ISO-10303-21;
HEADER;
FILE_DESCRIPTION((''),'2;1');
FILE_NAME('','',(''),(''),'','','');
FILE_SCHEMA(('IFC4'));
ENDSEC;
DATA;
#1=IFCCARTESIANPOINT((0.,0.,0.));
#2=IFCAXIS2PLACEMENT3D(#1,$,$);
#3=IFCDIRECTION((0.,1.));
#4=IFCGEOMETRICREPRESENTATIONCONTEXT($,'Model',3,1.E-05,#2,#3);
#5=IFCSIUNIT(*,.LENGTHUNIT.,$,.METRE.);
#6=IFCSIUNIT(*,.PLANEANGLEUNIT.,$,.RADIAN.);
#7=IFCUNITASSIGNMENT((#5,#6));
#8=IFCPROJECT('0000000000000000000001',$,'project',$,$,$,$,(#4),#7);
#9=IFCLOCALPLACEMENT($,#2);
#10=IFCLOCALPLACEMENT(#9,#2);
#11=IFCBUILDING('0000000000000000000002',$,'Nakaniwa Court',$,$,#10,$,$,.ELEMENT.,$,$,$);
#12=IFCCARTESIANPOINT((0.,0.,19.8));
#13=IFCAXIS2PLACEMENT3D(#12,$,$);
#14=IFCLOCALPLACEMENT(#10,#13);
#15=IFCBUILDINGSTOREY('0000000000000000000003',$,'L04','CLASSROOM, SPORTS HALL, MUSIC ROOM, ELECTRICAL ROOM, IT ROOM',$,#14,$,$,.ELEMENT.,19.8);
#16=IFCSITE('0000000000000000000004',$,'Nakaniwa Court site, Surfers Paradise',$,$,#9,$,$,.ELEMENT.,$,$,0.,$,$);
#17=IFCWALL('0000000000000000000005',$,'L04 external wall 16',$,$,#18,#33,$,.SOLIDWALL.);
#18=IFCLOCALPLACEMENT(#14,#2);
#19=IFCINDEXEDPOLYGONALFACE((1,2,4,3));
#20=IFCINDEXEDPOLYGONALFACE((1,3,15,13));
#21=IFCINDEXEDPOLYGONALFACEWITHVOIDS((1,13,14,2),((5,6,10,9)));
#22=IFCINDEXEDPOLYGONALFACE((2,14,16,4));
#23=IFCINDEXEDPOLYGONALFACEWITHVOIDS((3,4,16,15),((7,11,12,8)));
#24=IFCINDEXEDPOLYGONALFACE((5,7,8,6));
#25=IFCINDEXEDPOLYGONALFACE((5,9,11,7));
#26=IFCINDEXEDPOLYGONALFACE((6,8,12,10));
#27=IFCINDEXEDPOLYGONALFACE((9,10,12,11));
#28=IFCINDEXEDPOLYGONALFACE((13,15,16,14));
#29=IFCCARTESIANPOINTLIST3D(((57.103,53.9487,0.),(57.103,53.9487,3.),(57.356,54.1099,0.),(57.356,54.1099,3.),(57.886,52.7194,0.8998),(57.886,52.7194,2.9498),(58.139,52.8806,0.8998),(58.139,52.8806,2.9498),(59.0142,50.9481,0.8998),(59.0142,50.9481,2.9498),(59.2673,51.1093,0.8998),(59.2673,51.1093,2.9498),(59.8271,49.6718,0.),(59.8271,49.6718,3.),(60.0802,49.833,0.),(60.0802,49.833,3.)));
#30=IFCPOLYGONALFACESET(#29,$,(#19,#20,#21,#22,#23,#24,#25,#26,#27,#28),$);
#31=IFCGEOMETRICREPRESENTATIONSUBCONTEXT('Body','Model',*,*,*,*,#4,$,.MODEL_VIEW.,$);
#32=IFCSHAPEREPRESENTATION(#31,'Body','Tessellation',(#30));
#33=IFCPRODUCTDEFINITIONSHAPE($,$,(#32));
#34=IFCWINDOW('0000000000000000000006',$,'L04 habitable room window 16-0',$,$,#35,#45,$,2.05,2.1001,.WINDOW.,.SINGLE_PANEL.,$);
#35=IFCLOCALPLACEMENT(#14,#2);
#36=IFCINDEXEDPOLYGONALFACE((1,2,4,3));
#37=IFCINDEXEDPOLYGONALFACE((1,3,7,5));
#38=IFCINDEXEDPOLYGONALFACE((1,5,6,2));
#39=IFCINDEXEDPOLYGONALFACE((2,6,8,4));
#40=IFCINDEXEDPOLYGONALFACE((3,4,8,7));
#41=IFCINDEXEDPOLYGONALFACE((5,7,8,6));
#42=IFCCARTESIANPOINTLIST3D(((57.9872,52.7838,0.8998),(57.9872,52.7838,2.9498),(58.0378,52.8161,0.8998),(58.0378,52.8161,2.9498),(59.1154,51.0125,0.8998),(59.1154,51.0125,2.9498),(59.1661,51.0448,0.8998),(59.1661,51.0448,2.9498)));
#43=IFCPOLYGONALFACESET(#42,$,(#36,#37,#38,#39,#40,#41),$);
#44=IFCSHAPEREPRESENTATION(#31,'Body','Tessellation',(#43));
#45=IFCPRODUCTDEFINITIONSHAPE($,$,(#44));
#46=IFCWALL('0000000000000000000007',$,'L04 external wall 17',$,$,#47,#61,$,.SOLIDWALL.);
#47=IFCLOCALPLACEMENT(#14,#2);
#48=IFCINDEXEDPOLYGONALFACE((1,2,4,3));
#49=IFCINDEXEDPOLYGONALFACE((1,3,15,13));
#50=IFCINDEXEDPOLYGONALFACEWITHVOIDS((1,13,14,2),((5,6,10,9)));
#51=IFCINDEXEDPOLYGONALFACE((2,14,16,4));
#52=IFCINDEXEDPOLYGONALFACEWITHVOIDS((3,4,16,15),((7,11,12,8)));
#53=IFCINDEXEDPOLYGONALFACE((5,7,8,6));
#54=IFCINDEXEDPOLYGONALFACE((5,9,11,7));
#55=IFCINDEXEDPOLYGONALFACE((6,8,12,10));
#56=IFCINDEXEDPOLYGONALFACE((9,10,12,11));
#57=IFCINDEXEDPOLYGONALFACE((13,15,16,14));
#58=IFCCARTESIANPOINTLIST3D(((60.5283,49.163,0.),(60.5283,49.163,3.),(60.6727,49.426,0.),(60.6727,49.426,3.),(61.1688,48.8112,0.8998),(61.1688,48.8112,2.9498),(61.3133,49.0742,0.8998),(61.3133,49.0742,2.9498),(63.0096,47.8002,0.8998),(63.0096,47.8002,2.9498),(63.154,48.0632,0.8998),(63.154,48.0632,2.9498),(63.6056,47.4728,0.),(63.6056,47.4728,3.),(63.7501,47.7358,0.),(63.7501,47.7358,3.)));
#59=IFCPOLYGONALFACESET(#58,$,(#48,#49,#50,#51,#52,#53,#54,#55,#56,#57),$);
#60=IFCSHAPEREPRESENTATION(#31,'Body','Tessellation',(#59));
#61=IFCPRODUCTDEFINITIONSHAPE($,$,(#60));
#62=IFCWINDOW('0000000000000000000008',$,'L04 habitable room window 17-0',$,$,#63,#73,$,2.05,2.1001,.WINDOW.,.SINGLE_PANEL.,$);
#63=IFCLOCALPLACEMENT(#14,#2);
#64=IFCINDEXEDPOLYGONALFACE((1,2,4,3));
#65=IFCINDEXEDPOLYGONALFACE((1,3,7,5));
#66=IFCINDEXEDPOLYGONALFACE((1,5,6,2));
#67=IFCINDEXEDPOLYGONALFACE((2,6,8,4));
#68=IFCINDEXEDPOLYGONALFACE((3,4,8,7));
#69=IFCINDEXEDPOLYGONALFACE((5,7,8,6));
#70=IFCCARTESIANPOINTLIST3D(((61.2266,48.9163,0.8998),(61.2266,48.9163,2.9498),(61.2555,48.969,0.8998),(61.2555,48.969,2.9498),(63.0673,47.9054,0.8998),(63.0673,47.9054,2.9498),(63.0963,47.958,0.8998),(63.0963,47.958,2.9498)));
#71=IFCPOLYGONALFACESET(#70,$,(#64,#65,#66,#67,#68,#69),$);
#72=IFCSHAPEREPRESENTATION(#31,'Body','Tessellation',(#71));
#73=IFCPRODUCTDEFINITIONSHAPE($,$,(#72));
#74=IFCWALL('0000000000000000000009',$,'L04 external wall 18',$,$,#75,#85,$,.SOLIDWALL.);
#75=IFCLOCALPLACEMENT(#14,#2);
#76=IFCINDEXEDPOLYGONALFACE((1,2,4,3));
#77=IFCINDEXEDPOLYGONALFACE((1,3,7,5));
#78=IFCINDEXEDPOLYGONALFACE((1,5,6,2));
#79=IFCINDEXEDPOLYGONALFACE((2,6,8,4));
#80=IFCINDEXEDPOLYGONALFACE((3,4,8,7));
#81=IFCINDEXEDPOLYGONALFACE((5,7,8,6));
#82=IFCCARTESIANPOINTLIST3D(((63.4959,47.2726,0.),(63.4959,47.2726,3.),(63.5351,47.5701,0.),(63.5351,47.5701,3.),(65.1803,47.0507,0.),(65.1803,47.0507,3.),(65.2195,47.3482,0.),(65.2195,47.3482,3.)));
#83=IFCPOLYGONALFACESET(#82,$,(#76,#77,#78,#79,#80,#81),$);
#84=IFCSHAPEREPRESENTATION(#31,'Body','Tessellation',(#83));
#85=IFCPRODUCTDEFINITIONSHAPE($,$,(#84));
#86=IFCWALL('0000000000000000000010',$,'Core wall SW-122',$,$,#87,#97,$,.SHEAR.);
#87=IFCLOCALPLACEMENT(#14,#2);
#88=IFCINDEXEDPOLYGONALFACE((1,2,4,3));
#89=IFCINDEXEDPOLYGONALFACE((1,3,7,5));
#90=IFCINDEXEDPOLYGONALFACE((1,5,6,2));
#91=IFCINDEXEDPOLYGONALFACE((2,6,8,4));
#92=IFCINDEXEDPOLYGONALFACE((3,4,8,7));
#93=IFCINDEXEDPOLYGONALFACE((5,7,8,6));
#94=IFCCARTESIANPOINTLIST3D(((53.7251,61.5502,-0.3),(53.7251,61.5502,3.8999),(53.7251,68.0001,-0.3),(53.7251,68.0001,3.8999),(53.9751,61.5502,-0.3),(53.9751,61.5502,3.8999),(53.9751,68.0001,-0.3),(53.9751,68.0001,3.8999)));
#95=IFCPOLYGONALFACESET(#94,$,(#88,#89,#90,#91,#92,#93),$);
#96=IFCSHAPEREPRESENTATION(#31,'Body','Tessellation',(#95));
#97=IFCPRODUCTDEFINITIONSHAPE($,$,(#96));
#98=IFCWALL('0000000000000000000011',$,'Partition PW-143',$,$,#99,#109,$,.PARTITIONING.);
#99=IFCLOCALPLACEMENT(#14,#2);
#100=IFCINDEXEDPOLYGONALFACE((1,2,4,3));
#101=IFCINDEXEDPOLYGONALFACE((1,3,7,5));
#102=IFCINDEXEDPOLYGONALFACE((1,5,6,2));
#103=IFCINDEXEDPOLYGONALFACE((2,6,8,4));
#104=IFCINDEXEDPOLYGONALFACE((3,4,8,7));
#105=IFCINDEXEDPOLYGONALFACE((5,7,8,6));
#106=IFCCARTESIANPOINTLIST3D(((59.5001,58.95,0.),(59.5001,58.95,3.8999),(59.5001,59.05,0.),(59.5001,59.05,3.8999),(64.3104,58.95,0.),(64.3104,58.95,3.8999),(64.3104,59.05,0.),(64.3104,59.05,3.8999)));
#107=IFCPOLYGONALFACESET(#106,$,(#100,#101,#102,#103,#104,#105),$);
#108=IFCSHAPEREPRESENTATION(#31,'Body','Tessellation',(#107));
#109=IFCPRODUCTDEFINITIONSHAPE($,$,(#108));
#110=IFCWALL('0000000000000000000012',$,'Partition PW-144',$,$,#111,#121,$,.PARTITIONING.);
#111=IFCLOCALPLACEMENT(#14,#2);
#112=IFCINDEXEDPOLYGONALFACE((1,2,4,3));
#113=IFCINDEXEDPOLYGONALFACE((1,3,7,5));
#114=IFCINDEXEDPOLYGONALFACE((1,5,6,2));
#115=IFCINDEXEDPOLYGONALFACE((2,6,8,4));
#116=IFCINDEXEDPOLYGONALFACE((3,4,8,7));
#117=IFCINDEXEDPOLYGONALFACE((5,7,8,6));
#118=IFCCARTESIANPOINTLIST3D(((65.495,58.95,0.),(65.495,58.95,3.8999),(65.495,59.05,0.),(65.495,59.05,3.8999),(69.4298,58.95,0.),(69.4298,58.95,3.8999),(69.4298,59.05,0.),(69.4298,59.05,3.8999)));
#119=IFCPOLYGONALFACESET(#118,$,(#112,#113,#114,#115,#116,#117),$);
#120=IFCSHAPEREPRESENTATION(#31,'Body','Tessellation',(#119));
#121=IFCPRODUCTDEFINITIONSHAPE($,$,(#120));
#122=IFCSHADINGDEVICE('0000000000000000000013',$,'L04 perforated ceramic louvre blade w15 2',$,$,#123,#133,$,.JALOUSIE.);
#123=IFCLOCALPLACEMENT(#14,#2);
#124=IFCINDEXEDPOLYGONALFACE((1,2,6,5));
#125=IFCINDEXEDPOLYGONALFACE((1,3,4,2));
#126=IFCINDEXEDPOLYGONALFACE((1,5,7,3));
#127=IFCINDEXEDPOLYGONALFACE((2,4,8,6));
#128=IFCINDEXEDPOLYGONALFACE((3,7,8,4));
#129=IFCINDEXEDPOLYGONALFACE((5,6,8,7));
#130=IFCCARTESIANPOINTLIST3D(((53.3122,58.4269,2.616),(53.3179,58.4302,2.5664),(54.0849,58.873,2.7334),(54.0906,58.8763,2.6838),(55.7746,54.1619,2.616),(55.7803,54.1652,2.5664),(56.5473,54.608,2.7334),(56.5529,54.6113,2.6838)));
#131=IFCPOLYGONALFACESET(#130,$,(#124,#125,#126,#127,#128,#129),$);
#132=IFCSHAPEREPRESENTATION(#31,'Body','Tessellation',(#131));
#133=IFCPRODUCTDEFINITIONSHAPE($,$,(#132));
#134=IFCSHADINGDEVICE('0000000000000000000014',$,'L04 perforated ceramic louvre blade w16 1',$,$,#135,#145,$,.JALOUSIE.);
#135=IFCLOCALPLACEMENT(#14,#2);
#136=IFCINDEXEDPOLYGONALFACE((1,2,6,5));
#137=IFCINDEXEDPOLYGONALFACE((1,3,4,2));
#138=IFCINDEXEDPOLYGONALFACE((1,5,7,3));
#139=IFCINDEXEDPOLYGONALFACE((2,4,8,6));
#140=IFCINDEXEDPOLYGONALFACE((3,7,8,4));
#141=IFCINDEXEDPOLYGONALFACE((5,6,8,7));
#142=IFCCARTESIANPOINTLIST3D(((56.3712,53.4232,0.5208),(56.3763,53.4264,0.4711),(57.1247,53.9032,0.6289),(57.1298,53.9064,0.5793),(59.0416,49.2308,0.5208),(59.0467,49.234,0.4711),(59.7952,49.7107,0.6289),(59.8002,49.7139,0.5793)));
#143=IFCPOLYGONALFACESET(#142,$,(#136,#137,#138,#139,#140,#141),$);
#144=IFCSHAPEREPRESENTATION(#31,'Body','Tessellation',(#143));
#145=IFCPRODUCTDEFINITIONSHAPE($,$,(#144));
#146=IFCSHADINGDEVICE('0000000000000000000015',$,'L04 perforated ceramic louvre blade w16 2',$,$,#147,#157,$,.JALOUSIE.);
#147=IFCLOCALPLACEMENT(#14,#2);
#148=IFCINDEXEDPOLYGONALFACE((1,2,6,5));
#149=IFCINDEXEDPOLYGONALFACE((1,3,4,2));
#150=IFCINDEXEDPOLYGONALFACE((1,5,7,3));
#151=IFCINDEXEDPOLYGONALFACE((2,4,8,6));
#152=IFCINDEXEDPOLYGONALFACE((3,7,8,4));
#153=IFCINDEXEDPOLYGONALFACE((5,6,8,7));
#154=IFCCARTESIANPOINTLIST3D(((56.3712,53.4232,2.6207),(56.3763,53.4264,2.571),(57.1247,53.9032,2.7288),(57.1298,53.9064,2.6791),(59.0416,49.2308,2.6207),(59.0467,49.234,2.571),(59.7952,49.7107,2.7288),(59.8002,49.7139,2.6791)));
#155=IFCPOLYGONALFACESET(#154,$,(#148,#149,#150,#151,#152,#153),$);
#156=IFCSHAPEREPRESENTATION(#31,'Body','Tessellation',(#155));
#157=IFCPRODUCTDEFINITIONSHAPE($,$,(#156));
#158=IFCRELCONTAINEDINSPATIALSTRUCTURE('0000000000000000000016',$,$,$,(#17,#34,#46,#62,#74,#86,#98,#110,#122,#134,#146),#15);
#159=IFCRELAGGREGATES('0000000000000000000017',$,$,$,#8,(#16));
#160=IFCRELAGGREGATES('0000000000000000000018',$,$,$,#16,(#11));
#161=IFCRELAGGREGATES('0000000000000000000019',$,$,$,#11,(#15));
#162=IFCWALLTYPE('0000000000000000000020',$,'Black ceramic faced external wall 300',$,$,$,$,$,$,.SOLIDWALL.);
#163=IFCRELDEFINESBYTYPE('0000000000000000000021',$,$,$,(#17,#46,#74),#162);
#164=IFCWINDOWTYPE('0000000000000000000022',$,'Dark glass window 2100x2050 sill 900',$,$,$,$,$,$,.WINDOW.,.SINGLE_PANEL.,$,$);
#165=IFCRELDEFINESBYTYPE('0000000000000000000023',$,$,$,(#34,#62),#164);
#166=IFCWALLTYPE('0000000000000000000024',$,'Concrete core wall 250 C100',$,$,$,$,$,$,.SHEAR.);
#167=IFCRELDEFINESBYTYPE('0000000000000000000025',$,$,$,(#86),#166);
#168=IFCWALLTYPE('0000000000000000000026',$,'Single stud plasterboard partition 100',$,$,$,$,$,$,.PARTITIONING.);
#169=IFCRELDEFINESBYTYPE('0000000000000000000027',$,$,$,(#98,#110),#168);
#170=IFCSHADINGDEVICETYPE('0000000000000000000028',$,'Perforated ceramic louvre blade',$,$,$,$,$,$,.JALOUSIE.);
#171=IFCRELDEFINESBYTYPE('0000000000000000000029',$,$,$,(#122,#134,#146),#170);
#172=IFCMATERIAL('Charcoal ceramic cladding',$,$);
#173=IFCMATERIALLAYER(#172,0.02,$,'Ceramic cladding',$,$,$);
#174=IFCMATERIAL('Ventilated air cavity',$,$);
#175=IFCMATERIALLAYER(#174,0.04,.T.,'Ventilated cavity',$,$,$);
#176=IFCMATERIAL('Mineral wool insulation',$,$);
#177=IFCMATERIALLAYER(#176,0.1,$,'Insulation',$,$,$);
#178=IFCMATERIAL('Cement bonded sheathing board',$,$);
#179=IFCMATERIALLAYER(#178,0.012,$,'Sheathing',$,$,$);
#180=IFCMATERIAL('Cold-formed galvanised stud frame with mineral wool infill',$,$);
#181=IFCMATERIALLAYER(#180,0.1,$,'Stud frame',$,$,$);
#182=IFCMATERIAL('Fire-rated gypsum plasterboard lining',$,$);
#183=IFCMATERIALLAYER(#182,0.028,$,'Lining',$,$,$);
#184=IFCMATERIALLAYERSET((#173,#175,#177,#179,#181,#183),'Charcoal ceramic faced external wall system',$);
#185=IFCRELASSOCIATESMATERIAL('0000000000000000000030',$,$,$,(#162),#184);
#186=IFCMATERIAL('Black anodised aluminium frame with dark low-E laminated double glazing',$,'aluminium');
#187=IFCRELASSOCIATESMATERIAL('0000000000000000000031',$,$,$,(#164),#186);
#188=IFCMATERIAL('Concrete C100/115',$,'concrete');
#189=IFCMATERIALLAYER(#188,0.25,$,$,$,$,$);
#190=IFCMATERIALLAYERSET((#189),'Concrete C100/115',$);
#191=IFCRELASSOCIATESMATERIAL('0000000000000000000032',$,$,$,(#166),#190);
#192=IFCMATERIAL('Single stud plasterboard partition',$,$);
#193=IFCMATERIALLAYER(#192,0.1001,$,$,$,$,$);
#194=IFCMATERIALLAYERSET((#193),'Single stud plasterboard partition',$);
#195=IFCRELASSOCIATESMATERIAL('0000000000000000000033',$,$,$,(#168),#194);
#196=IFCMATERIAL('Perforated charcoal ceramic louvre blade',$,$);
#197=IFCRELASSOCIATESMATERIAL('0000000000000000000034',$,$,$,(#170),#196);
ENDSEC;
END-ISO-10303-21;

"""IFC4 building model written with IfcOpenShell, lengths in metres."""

from ifc_helpers import new_model, si_unit, direction, frame, frame_2d, origin, origin_2d, place, context, subcontext, project, spatial, rectangle, extrude, material, layer, layer_set, material_profile, profile_set, type_object, element, fill, save


model = new_model("IFC4")

# Units and contexts
model_context = context("Model", 3, precision=1e-05, world=origin(), true_north=direction((0.0, 1.0)))
body_context = subcontext(model_context, "Body", "Model", "MODEL_VIEW")
ifc_project = project(units=[si_unit("LENGTHUNIT", "METRE"), si_unit("PLANEANGLEUNIT", "RADIAN")], contexts=[model_context])

# Site, building, storey
site_placement = place(None, origin())
site = spatial("IfcSite", under=ifc_project, at=site_placement, Name="Nakaniwa Court site, Surfers Paradise", CompositionType="ELEMENT", RefElevation=0.0)
building_placement = place(site_placement, origin())
building = spatial("IfcBuilding", under=site, at=building_placement, Name="Nakaniwa Court", CompositionType="ELEMENT")
storey_placement = place(building_placement, frame((0.0, 0.0, 19.8)))
storey = spatial("IfcBuildingStorey", under=building, at=storey_placement, Name="L04", Description="CLASSROOM, SPORTS HALL, MUSIC ROOM, ELECTRICAL ROOM, IT ROOM", CompositionType="ELEMENT", Elevation=19.8)

# Shared definitions
ifc_material_1 = material(Name="Concrete C100/115", Category="concrete")

# Walls, openings, windows
ifc_material_2 = material(Name="Charcoal ceramic cladding")
ifc_layer_1 = layer(ifc_material_2, 0.02, Name="Ceramic cladding")
ifc_material_3 = material(Name="Ventilated air cavity")
ifc_layer_2 = layer(ifc_material_3, 0.04, ventilated=True, Name="Ventilated cavity")
ifc_material_4 = material(Name="Mineral wool insulation")
ifc_layer_3 = layer(ifc_material_4, 0.1, Name="Insulation")
ifc_material_5 = material(Name="Cement bonded sheathing board")
ifc_layer_4 = layer(ifc_material_5, 0.012, Name="Sheathing")
ifc_material_6 = material(Name="Cold-formed galvanised stud frame with mineral wool infill")
ifc_layer_5 = layer(ifc_material_6, 0.1, Name="Stud frame")
ifc_material_7 = material(Name="Fire-rated gypsum plasterboard lining")
ifc_layer_6 = layer(ifc_material_7, 0.028, Name="Lining")
ifc_layer_set_1 = layer_set([ifc_layer_1, ifc_layer_2, ifc_layer_3, ifc_layer_4, ifc_layer_5, ifc_layer_6], Name="Charcoal ceramic faced external wall system")
wall_type_1 = type_object("IfcWallType", Name="Black ceramic faced external wall 300", PredefinedType="SOLIDWALL", material=ifc_layer_set_1)
ifc_material_8 = material(Name="Black anodised aluminium frame with dark low-E laminated double glazing", Category="aluminium")
window_type = type_object("IfcWindowType", Name="Dark glass window 2100x2050 sill 900", PartitioningType="SINGLE_PANEL", PredefinedType="WINDOW", material=ifc_material_8)
wall_1_placement = place(storey_placement, frame((57.2295, 54.0293, 0.0), z_axis=(0.0, 0.0, 1.0), x_axis=(0.537224, -0.843439, 0.0)))
wall_1 = element("IfcWall", 1, at=wall_1_placement, inside=storey, type_object=wall_type_1, Name="L04 external wall 16", PredefinedType="SOLIDWALL", context=body_context, shape_type="SweptSolid", body=[
    extrude(rectangle(XDim=5.0708, YDim=0.3, at=frame_2d((2.5354, 0.0))), origin(), (0.0, 0.0, 1.0), 3.0),
])
opening_1_placement = place(wall_1_placement, frame((1.4575, 0.0, 0.8999)))
opening_1 = element("IfcOpeningElement", 2, at=opening_1_placement, cuts=wall_1, PredefinedType="OPENING", context=body_context, shape_type="SweptSolid", body=[
    extrude(rectangle(XDim=2.1001, YDim=2.05, at=frame_2d((1.05, 1.0249))), frame((0.0, 0.1599, 0.0), z_axis=(0.0, -1.0, 0.0), x_axis=(1.0, 0.0, 0.0)), (0.0, 0.0, 1.0), 0.3201),
])
window_1_placement = place(opening_1_placement, origin())
window_1 = element("IfcWindow", 3, at=window_1_placement, inside=storey, type_object=window_type, Name="L04 habitable room window 16-0", OverallHeight=2.05, OverallWidth=2.1001, PartitioningType="SINGLE_PANEL", PredefinedType="WINDOW", context=body_context, shape_type="SweptSolid", body=[
    extrude(rectangle(XDim=2.1001, YDim=2.05, at=frame_2d((1.05, 1.0249))), frame((0.0, 0.03, 0.0), z_axis=(0.0, -1.0, 0.0), x_axis=(1.0, 0.0, 0.0)), (0.0, 0.0, 1.0), 0.0601),
])
fill(opening_1, window_1)
wall_2_placement = place(storey_placement, frame((60.6006, 49.2944, 0.0), z_axis=(0.0, 0.0, 1.0), x_axis=(0.876502, -0.481398, 0.0)))
wall_2 = element("IfcWall", 4, at=wall_2_placement, inside=storey, type_object=wall_type_1, Name="L04 external wall 17", PredefinedType="SOLIDWALL", context=body_context, shape_type="SweptSolid", body=[
    extrude(rectangle(XDim=3.511, YDim=0.3, at=frame_2d((1.7554, 0.0))), origin(), (0.0, 0.0, 1.0), 3.0),
])
opening_2_placement = place(wall_2_placement, frame((0.7307, 0.0, 0.8999)))
opening_2 = element("IfcOpeningElement", 5, at=opening_2_placement, cuts=wall_2, PredefinedType="OPENING", context=body_context, shape_type="SweptSolid", body=[
    extrude(rectangle(XDim=2.1001, YDim=2.05, at=frame_2d((1.05, 1.0249))), frame((0.0, 0.1599, 0.0), z_axis=(0.0, -1.0, 0.0), x_axis=(1.0, 0.0, 0.0)), (0.0, 0.0, 1.0), 0.3201),
])
window_2_placement = place(opening_2_placement, origin())
window_2 = element("IfcWindow", 6, at=window_2_placement, inside=storey, type_object=window_type, Name="L04 habitable room window 17-0", OverallHeight=2.05, OverallWidth=2.1001, PartitioningType="SINGLE_PANEL", PredefinedType="WINDOW", context=body_context, shape_type="SweptSolid", body=[
    extrude(rectangle(XDim=2.1001, YDim=2.05, at=frame_2d((1.05, 1.0249))), frame((0.0, 0.03, 0.0), z_axis=(0.0, -1.0, 0.0), x_axis=(1.0, 0.0, 0.0)), (0.0, 0.0, 1.0), 0.0601),
])
fill(opening_2, window_2)

# Walls
wall_3_placement = place(storey_placement, frame((63.5154, 47.4214, 0.0), z_axis=(0.0, 0.0, 1.0), x_axis=(0.991431, -0.130629, 0.0)))
element("IfcWall", 7, at=wall_3_placement, inside=storey, type_object=wall_type_1, Name="L04 external wall 18", PredefinedType="SOLIDWALL", context=body_context, shape_type="SweptSolid", body=[
    extrude(rectangle(XDim=1.699, YDim=0.3, at=frame_2d((0.8496, 0.0))), origin(), (0.0, 0.0, 1.0), 3.0),
])
ifc_layer_7 = layer(ifc_material_1, 0.25)
ifc_layer_set_2 = layer_set([ifc_layer_7], Name="Concrete C100/115")
wall_type_2 = type_object("IfcWallType", Name="Concrete core wall 250 C100", PredefinedType="SHEAR", material=ifc_layer_set_2)
wall_4_placement = place(storey_placement, frame((53.8501, 61.55, -0.3), z_axis=(0.0, 0.0, 1.0), x_axis=(0.0, 1.0, 0.0)))
element("IfcWall", 8, at=wall_4_placement, inside=storey, type_object=wall_type_2, Name="Core wall SW-122", PredefinedType="SHEAR", context=body_context, shape_type="SweptSolid", body=[
    extrude(rectangle(XDim=6.45, YDim=0.25, at=frame_2d((3.2251, 0.0))), origin(), (0.0, 0.0, 1.0), 4.2),
])
ifc_material_9 = material(Name="Single stud plasterboard partition")
ifc_layer_8 = layer(ifc_material_9, 0.1001)
ifc_layer_set_3 = layer_set([ifc_layer_8], Name="Single stud plasterboard partition")
wall_type_3 = type_object("IfcWallType", Name="Single stud plasterboard partition 100", PredefinedType="PARTITIONING", material=ifc_layer_set_3)
wall_5_placement = place(storey_placement, frame((59.5, 59.0, 0.0), z_axis=(0.0, 0.0, 1.0), x_axis=(1.0, 0.0, 0.0)))
element("IfcWall", 9, at=wall_5_placement, inside=storey, type_object=wall_type_3, Name="Partition PW-143", PredefinedType="PARTITIONING", context=body_context, shape_type="SweptSolid", body=[
    extrude(rectangle(XDim=4.8103, YDim=0.1001, at=frame_2d((2.4053, 0.0))), origin(), (0.0, 0.0, 1.0), 3.8999),
])
wall_6_placement = place(storey_placement, frame((65.4951, 59.0, 0.0), z_axis=(0.0, 0.0, 1.0), x_axis=(1.0, 0.0, 0.0)))
element("IfcWall", 10, at=wall_6_placement, inside=storey, type_object=wall_type_3, Name="Partition PW-144", PredefinedType="PARTITIONING", context=body_context, shape_type="SweptSolid", body=[
    extrude(rectangle(XDim=3.9348, YDim=0.1001, at=frame_2d((1.9673, 0.0))), origin(), (0.0, 0.0, 1.0), 3.8999),
])

# Shading devices
ifc_material_10 = material(Name="Perforated charcoal ceramic louvre blade")
ifc_material_profile_1 = material_profile(ifc_material_10, rectangle(XDim=0.8999, YDim=0.05, at=origin_2d()), Name="Perforated ceramic louvre blade")
ifc_profile_set_1 = profile_set([ifc_material_profile_1], Name="Perforated charcoal ceramic louvre blade")
shading_device_type = type_object("IfcShadingDeviceType", Name="Perforated ceramic louvre blade", PredefinedType="JALOUSIE", material=ifc_profile_set_1)
shading_device_placement = place(storey_placement, frame((53.7014, 58.6516, 2.6499), z_axis=(0.499989, -0.866032, 0.0), x_axis=(0.858623, 0.495711, 0.130526)))
element("IfcShadingDevice", 11, at=shading_device_placement, inside=storey, type_object=shading_device_type, Name="L04 perforated ceramic louvre blade w15 2", PredefinedType="JALOUSIE", context=body_context, shape_type="SweptSolid", body=[
    extrude(rectangle(XDim=0.8999, YDim=0.05, at=origin_2d()), origin(), (0.0, 0.0, 1.0), 4.9248),
])
for number, where, z_axis, x_axis, name in (
    (12, (56.7505, 53.6648, 0.55), (0.537238, -0.843431, 0.0), (0.837322, 0.533347, 0.120137), "L04 perforated ceramic louvre blade w16 1"),
    (13, (56.7505, 53.6648, 2.6499), (0.537238, -0.843431, 0.0), (0.837322, 0.533347, 0.120137), "L04 perforated ceramic louvre blade w16 2"),
):
    element("IfcShadingDevice", number, at=place(storey_placement, frame(where, z_axis=z_axis, x_axis=x_axis)), inside=storey, type_object=shading_device_type, Name=name, PredefinedType="JALOUSIE", context=body_context, shape_type="SweptSolid", body=[
        extrude(rectangle(XDim=0.8999, YDim=0.05, at=origin_2d()), origin(), (0.0, 0.0, 1.0), 4.9707),
    ])

save(model, "model.ifc")
